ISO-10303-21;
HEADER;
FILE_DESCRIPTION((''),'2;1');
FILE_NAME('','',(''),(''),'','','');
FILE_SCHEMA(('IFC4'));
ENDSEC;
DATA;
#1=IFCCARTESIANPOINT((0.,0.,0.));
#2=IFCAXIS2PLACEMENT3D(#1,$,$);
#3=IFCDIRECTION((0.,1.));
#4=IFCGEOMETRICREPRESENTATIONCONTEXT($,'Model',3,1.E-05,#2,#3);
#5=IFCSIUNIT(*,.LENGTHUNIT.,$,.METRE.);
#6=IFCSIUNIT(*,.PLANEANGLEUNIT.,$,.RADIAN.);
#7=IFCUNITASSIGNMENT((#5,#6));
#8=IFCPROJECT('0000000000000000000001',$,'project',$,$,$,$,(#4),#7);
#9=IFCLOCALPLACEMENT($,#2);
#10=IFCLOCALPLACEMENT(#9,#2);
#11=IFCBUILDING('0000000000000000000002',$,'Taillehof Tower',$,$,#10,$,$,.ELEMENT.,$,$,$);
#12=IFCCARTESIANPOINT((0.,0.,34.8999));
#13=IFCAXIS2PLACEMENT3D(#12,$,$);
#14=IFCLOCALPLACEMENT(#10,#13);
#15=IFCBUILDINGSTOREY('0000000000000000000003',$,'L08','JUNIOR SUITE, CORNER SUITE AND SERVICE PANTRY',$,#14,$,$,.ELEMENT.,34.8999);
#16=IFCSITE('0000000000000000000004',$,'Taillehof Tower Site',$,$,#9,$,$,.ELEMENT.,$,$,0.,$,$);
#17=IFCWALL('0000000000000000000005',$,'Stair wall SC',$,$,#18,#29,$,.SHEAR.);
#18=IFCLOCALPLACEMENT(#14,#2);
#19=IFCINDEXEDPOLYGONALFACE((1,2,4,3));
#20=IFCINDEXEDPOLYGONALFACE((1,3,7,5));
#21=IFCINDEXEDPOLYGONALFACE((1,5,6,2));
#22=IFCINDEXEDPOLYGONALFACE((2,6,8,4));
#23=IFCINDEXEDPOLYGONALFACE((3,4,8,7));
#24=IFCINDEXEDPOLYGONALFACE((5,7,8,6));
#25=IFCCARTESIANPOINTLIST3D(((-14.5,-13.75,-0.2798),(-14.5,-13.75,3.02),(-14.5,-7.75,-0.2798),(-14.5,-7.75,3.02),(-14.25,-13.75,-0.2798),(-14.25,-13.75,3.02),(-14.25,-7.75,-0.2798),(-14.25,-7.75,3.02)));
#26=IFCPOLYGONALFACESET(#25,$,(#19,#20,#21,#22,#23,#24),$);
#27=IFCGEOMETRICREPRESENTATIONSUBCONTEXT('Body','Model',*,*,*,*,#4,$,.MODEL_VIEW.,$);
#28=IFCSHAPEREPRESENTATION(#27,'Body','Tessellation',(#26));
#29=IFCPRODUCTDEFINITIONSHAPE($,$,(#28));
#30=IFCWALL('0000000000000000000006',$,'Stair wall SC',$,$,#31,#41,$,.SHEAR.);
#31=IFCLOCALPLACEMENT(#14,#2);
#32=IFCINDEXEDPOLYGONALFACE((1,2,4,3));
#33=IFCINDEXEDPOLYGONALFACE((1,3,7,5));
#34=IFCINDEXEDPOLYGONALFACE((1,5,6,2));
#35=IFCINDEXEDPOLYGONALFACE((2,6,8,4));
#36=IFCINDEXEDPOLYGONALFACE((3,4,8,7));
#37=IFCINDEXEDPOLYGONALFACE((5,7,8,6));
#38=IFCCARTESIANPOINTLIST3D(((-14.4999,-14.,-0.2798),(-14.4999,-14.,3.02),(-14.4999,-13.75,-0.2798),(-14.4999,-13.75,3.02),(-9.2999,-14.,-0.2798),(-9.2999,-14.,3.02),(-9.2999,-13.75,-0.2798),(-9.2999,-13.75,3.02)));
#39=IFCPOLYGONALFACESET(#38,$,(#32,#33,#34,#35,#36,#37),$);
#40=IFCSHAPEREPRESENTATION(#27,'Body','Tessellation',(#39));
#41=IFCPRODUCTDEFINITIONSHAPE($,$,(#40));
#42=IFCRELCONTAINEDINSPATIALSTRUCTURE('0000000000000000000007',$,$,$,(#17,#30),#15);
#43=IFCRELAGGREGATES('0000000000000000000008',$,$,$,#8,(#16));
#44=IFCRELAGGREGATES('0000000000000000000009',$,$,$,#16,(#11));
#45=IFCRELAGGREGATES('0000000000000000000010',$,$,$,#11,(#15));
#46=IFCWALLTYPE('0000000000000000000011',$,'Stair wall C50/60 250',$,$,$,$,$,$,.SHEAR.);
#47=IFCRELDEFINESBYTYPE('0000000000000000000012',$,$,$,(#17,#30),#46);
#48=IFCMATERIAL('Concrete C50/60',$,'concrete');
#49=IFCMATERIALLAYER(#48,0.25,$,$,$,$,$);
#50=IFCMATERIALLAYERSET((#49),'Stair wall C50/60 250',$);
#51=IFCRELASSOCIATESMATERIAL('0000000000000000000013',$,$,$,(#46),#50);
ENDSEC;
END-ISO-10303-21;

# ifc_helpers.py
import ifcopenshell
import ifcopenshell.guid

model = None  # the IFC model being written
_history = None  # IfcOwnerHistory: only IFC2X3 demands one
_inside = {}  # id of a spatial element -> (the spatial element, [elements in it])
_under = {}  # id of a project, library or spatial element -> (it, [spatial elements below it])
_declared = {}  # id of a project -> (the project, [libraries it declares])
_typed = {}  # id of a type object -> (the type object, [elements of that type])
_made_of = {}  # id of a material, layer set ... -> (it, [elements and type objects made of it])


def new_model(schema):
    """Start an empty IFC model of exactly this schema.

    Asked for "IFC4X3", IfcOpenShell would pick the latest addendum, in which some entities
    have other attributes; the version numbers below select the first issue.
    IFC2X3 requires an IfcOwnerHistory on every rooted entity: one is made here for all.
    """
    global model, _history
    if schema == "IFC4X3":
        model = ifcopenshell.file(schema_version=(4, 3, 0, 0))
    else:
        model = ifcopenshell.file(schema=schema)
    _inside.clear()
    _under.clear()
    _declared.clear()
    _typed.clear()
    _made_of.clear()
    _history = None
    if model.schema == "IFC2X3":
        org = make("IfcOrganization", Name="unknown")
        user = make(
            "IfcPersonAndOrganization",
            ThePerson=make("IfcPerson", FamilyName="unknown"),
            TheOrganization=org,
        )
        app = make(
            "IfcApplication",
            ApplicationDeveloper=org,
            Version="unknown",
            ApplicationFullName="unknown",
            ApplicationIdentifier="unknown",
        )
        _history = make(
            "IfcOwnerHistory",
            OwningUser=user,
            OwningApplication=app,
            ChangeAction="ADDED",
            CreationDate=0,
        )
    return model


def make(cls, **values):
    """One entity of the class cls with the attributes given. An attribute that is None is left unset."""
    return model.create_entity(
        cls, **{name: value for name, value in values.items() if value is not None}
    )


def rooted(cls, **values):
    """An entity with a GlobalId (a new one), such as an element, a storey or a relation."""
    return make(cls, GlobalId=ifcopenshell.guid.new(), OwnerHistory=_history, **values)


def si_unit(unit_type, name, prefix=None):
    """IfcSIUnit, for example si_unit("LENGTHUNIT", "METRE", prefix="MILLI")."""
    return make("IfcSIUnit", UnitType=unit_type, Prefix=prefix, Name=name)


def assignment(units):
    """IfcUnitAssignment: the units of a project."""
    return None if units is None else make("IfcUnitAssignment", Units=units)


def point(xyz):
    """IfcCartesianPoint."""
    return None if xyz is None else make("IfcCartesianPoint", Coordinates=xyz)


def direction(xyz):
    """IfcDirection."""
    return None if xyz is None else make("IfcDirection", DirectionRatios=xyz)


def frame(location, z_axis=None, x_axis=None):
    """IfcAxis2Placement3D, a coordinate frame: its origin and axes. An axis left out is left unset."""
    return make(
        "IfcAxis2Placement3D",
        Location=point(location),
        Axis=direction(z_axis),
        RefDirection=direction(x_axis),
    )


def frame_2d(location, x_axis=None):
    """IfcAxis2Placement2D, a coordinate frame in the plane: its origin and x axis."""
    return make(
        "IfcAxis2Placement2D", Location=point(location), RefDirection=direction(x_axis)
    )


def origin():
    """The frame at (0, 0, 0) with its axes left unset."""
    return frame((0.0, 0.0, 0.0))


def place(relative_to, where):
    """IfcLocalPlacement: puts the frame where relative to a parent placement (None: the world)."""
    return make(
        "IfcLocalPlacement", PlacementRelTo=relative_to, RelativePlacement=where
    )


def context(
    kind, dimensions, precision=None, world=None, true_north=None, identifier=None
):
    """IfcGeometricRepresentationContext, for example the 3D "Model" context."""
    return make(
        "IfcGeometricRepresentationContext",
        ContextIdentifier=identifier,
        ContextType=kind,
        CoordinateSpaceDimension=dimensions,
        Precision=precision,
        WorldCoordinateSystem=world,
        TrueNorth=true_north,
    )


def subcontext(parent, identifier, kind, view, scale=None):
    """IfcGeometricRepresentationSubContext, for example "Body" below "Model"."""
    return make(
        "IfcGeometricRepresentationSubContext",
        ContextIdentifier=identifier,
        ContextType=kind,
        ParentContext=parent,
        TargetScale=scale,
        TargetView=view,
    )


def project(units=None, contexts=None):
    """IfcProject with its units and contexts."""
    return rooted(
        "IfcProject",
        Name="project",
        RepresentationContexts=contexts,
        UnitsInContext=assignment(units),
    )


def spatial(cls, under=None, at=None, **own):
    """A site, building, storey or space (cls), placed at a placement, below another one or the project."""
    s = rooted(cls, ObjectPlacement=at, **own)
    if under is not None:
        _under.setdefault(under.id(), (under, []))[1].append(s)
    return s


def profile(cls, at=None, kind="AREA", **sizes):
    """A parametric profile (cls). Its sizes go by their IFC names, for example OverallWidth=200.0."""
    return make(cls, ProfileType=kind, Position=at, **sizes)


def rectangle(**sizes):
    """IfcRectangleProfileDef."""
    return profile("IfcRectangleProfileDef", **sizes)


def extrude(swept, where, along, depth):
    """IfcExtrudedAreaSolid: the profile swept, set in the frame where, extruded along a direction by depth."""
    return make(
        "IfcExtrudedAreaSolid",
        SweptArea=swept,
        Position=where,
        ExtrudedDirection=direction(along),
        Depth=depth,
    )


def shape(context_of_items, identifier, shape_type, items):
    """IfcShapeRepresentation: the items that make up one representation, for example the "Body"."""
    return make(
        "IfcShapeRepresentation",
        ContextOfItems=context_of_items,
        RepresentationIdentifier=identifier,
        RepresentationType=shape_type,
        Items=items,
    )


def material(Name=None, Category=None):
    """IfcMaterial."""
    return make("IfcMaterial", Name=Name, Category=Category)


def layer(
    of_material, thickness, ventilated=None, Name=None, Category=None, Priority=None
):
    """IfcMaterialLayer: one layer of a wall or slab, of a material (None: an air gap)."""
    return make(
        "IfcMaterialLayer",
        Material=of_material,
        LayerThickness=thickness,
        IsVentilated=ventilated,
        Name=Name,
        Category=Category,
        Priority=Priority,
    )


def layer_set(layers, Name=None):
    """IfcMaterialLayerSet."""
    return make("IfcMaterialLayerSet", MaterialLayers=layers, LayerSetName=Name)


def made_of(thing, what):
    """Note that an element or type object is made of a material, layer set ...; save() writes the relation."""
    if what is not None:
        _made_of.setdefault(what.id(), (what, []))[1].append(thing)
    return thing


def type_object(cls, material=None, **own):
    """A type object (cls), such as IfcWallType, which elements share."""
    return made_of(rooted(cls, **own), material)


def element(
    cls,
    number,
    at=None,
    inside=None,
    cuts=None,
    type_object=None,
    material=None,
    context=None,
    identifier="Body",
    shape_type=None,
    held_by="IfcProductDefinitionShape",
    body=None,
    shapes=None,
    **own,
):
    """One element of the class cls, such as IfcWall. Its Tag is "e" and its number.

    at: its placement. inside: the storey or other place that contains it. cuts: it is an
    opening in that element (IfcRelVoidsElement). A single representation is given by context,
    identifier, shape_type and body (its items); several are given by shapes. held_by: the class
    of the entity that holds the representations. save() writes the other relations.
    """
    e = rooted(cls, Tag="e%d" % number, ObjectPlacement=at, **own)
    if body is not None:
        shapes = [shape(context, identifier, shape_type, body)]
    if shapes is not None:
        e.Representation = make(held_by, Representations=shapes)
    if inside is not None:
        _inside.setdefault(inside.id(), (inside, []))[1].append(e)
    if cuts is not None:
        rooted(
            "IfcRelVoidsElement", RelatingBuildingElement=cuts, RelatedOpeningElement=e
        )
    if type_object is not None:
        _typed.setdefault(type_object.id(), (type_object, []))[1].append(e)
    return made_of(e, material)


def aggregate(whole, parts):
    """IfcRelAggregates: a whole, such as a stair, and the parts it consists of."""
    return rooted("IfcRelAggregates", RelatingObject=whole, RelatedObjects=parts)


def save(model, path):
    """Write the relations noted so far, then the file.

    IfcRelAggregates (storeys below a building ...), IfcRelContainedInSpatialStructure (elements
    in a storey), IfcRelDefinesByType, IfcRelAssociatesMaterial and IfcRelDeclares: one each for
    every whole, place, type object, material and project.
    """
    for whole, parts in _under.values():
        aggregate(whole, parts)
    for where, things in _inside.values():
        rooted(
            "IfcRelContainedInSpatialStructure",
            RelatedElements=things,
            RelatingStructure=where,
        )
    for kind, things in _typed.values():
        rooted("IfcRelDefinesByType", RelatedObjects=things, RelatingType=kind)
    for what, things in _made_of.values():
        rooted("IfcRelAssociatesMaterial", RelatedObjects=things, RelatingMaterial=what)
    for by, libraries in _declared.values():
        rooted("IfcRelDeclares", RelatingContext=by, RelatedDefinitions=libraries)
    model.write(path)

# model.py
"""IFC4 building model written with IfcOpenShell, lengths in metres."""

from ifc_helpers import new_model, si_unit, direction, frame, frame_2d, origin, place, context, subcontext, project, spatial, rectangle, extrude, material, layer, layer_set, type_object, element, save


model = new_model("IFC4")

# Units and contexts
model_context = context("Model", 3, precision=1e-05, world=origin(), true_north=direction((0.0, 1.0)))
body_context = subcontext(model_context, "Body", "Model", "MODEL_VIEW")
ifc_project = project(units=[si_unit("LENGTHUNIT", "METRE"), si_unit("PLANEANGLEUNIT", "RADIAN")], contexts=[model_context])

# Site, building, storey
site_placement = place(None, origin())
site = spatial("IfcSite", under=ifc_project, at=site_placement, Name="Taillehof Tower Site", CompositionType="ELEMENT", RefElevation=0.0)
building_placement = place(site_placement, origin())
building = spatial("IfcBuilding", under=site, at=building_placement, Name="Taillehof Tower", CompositionType="ELEMENT")
storey_placement = place(building_placement, frame((0.0, 0.0, 34.8999)))
storey = spatial("IfcBuildingStorey", under=building, at=storey_placement, Name="L08", Description="JUNIOR SUITE, CORNER SUITE AND SERVICE PANTRY", CompositionType="ELEMENT", Elevation=34.8999)

# Walls
ifc_material_1 = material(Name="Concrete C50/60", Category="concrete")
ifc_layer_1 = layer(ifc_material_1, 0.25)
ifc_layer_set_1 = layer_set([ifc_layer_1], Name="Stair wall C50/60 250")
wall_type_1 = type_object("IfcWallType", Name="Stair wall C50/60 250", PredefinedType="SHEAR", material=ifc_layer_set_1)
wall_1_placement = place(storey_placement, frame((-14.375, -13.75, -0.2798), z_axis=(0.0, 0.0, 1.0), x_axis=(0.0, 1.0, 0.0)))
element("IfcWall", 1, at=wall_1_placement, inside=storey, type_object=wall_type_1, Name="Stair wall SC", PredefinedType="SHEAR", context=body_context, shape_type="SweptSolid", body=[
    extrude(rectangle(XDim=6.0, YDim=0.25, at=frame_2d((3.0, 0.0))), origin(), (0.0, 0.0, 1.0), 3.2998),
])
wall_2_placement = place(storey_placement, frame((-14.5, -13.875, -0.2798), z_axis=(0.0, 0.0, 1.0), x_axis=(1.0, 0.0, 0.0)))
element("IfcWall", 2, at=wall_2_placement, inside=storey, type_object=wall_type_1, Name="Stair wall SC", PredefinedType="SHEAR", context=body_context, shape_type="SweptSolid", body=[
    extrude(rectangle(XDim=5.2, YDim=0.25, at=frame_2d((2.6001, 0.0))), origin(), (0.0, 0.0, 1.0), 3.2998),
])

save(model, "model.ifc")
